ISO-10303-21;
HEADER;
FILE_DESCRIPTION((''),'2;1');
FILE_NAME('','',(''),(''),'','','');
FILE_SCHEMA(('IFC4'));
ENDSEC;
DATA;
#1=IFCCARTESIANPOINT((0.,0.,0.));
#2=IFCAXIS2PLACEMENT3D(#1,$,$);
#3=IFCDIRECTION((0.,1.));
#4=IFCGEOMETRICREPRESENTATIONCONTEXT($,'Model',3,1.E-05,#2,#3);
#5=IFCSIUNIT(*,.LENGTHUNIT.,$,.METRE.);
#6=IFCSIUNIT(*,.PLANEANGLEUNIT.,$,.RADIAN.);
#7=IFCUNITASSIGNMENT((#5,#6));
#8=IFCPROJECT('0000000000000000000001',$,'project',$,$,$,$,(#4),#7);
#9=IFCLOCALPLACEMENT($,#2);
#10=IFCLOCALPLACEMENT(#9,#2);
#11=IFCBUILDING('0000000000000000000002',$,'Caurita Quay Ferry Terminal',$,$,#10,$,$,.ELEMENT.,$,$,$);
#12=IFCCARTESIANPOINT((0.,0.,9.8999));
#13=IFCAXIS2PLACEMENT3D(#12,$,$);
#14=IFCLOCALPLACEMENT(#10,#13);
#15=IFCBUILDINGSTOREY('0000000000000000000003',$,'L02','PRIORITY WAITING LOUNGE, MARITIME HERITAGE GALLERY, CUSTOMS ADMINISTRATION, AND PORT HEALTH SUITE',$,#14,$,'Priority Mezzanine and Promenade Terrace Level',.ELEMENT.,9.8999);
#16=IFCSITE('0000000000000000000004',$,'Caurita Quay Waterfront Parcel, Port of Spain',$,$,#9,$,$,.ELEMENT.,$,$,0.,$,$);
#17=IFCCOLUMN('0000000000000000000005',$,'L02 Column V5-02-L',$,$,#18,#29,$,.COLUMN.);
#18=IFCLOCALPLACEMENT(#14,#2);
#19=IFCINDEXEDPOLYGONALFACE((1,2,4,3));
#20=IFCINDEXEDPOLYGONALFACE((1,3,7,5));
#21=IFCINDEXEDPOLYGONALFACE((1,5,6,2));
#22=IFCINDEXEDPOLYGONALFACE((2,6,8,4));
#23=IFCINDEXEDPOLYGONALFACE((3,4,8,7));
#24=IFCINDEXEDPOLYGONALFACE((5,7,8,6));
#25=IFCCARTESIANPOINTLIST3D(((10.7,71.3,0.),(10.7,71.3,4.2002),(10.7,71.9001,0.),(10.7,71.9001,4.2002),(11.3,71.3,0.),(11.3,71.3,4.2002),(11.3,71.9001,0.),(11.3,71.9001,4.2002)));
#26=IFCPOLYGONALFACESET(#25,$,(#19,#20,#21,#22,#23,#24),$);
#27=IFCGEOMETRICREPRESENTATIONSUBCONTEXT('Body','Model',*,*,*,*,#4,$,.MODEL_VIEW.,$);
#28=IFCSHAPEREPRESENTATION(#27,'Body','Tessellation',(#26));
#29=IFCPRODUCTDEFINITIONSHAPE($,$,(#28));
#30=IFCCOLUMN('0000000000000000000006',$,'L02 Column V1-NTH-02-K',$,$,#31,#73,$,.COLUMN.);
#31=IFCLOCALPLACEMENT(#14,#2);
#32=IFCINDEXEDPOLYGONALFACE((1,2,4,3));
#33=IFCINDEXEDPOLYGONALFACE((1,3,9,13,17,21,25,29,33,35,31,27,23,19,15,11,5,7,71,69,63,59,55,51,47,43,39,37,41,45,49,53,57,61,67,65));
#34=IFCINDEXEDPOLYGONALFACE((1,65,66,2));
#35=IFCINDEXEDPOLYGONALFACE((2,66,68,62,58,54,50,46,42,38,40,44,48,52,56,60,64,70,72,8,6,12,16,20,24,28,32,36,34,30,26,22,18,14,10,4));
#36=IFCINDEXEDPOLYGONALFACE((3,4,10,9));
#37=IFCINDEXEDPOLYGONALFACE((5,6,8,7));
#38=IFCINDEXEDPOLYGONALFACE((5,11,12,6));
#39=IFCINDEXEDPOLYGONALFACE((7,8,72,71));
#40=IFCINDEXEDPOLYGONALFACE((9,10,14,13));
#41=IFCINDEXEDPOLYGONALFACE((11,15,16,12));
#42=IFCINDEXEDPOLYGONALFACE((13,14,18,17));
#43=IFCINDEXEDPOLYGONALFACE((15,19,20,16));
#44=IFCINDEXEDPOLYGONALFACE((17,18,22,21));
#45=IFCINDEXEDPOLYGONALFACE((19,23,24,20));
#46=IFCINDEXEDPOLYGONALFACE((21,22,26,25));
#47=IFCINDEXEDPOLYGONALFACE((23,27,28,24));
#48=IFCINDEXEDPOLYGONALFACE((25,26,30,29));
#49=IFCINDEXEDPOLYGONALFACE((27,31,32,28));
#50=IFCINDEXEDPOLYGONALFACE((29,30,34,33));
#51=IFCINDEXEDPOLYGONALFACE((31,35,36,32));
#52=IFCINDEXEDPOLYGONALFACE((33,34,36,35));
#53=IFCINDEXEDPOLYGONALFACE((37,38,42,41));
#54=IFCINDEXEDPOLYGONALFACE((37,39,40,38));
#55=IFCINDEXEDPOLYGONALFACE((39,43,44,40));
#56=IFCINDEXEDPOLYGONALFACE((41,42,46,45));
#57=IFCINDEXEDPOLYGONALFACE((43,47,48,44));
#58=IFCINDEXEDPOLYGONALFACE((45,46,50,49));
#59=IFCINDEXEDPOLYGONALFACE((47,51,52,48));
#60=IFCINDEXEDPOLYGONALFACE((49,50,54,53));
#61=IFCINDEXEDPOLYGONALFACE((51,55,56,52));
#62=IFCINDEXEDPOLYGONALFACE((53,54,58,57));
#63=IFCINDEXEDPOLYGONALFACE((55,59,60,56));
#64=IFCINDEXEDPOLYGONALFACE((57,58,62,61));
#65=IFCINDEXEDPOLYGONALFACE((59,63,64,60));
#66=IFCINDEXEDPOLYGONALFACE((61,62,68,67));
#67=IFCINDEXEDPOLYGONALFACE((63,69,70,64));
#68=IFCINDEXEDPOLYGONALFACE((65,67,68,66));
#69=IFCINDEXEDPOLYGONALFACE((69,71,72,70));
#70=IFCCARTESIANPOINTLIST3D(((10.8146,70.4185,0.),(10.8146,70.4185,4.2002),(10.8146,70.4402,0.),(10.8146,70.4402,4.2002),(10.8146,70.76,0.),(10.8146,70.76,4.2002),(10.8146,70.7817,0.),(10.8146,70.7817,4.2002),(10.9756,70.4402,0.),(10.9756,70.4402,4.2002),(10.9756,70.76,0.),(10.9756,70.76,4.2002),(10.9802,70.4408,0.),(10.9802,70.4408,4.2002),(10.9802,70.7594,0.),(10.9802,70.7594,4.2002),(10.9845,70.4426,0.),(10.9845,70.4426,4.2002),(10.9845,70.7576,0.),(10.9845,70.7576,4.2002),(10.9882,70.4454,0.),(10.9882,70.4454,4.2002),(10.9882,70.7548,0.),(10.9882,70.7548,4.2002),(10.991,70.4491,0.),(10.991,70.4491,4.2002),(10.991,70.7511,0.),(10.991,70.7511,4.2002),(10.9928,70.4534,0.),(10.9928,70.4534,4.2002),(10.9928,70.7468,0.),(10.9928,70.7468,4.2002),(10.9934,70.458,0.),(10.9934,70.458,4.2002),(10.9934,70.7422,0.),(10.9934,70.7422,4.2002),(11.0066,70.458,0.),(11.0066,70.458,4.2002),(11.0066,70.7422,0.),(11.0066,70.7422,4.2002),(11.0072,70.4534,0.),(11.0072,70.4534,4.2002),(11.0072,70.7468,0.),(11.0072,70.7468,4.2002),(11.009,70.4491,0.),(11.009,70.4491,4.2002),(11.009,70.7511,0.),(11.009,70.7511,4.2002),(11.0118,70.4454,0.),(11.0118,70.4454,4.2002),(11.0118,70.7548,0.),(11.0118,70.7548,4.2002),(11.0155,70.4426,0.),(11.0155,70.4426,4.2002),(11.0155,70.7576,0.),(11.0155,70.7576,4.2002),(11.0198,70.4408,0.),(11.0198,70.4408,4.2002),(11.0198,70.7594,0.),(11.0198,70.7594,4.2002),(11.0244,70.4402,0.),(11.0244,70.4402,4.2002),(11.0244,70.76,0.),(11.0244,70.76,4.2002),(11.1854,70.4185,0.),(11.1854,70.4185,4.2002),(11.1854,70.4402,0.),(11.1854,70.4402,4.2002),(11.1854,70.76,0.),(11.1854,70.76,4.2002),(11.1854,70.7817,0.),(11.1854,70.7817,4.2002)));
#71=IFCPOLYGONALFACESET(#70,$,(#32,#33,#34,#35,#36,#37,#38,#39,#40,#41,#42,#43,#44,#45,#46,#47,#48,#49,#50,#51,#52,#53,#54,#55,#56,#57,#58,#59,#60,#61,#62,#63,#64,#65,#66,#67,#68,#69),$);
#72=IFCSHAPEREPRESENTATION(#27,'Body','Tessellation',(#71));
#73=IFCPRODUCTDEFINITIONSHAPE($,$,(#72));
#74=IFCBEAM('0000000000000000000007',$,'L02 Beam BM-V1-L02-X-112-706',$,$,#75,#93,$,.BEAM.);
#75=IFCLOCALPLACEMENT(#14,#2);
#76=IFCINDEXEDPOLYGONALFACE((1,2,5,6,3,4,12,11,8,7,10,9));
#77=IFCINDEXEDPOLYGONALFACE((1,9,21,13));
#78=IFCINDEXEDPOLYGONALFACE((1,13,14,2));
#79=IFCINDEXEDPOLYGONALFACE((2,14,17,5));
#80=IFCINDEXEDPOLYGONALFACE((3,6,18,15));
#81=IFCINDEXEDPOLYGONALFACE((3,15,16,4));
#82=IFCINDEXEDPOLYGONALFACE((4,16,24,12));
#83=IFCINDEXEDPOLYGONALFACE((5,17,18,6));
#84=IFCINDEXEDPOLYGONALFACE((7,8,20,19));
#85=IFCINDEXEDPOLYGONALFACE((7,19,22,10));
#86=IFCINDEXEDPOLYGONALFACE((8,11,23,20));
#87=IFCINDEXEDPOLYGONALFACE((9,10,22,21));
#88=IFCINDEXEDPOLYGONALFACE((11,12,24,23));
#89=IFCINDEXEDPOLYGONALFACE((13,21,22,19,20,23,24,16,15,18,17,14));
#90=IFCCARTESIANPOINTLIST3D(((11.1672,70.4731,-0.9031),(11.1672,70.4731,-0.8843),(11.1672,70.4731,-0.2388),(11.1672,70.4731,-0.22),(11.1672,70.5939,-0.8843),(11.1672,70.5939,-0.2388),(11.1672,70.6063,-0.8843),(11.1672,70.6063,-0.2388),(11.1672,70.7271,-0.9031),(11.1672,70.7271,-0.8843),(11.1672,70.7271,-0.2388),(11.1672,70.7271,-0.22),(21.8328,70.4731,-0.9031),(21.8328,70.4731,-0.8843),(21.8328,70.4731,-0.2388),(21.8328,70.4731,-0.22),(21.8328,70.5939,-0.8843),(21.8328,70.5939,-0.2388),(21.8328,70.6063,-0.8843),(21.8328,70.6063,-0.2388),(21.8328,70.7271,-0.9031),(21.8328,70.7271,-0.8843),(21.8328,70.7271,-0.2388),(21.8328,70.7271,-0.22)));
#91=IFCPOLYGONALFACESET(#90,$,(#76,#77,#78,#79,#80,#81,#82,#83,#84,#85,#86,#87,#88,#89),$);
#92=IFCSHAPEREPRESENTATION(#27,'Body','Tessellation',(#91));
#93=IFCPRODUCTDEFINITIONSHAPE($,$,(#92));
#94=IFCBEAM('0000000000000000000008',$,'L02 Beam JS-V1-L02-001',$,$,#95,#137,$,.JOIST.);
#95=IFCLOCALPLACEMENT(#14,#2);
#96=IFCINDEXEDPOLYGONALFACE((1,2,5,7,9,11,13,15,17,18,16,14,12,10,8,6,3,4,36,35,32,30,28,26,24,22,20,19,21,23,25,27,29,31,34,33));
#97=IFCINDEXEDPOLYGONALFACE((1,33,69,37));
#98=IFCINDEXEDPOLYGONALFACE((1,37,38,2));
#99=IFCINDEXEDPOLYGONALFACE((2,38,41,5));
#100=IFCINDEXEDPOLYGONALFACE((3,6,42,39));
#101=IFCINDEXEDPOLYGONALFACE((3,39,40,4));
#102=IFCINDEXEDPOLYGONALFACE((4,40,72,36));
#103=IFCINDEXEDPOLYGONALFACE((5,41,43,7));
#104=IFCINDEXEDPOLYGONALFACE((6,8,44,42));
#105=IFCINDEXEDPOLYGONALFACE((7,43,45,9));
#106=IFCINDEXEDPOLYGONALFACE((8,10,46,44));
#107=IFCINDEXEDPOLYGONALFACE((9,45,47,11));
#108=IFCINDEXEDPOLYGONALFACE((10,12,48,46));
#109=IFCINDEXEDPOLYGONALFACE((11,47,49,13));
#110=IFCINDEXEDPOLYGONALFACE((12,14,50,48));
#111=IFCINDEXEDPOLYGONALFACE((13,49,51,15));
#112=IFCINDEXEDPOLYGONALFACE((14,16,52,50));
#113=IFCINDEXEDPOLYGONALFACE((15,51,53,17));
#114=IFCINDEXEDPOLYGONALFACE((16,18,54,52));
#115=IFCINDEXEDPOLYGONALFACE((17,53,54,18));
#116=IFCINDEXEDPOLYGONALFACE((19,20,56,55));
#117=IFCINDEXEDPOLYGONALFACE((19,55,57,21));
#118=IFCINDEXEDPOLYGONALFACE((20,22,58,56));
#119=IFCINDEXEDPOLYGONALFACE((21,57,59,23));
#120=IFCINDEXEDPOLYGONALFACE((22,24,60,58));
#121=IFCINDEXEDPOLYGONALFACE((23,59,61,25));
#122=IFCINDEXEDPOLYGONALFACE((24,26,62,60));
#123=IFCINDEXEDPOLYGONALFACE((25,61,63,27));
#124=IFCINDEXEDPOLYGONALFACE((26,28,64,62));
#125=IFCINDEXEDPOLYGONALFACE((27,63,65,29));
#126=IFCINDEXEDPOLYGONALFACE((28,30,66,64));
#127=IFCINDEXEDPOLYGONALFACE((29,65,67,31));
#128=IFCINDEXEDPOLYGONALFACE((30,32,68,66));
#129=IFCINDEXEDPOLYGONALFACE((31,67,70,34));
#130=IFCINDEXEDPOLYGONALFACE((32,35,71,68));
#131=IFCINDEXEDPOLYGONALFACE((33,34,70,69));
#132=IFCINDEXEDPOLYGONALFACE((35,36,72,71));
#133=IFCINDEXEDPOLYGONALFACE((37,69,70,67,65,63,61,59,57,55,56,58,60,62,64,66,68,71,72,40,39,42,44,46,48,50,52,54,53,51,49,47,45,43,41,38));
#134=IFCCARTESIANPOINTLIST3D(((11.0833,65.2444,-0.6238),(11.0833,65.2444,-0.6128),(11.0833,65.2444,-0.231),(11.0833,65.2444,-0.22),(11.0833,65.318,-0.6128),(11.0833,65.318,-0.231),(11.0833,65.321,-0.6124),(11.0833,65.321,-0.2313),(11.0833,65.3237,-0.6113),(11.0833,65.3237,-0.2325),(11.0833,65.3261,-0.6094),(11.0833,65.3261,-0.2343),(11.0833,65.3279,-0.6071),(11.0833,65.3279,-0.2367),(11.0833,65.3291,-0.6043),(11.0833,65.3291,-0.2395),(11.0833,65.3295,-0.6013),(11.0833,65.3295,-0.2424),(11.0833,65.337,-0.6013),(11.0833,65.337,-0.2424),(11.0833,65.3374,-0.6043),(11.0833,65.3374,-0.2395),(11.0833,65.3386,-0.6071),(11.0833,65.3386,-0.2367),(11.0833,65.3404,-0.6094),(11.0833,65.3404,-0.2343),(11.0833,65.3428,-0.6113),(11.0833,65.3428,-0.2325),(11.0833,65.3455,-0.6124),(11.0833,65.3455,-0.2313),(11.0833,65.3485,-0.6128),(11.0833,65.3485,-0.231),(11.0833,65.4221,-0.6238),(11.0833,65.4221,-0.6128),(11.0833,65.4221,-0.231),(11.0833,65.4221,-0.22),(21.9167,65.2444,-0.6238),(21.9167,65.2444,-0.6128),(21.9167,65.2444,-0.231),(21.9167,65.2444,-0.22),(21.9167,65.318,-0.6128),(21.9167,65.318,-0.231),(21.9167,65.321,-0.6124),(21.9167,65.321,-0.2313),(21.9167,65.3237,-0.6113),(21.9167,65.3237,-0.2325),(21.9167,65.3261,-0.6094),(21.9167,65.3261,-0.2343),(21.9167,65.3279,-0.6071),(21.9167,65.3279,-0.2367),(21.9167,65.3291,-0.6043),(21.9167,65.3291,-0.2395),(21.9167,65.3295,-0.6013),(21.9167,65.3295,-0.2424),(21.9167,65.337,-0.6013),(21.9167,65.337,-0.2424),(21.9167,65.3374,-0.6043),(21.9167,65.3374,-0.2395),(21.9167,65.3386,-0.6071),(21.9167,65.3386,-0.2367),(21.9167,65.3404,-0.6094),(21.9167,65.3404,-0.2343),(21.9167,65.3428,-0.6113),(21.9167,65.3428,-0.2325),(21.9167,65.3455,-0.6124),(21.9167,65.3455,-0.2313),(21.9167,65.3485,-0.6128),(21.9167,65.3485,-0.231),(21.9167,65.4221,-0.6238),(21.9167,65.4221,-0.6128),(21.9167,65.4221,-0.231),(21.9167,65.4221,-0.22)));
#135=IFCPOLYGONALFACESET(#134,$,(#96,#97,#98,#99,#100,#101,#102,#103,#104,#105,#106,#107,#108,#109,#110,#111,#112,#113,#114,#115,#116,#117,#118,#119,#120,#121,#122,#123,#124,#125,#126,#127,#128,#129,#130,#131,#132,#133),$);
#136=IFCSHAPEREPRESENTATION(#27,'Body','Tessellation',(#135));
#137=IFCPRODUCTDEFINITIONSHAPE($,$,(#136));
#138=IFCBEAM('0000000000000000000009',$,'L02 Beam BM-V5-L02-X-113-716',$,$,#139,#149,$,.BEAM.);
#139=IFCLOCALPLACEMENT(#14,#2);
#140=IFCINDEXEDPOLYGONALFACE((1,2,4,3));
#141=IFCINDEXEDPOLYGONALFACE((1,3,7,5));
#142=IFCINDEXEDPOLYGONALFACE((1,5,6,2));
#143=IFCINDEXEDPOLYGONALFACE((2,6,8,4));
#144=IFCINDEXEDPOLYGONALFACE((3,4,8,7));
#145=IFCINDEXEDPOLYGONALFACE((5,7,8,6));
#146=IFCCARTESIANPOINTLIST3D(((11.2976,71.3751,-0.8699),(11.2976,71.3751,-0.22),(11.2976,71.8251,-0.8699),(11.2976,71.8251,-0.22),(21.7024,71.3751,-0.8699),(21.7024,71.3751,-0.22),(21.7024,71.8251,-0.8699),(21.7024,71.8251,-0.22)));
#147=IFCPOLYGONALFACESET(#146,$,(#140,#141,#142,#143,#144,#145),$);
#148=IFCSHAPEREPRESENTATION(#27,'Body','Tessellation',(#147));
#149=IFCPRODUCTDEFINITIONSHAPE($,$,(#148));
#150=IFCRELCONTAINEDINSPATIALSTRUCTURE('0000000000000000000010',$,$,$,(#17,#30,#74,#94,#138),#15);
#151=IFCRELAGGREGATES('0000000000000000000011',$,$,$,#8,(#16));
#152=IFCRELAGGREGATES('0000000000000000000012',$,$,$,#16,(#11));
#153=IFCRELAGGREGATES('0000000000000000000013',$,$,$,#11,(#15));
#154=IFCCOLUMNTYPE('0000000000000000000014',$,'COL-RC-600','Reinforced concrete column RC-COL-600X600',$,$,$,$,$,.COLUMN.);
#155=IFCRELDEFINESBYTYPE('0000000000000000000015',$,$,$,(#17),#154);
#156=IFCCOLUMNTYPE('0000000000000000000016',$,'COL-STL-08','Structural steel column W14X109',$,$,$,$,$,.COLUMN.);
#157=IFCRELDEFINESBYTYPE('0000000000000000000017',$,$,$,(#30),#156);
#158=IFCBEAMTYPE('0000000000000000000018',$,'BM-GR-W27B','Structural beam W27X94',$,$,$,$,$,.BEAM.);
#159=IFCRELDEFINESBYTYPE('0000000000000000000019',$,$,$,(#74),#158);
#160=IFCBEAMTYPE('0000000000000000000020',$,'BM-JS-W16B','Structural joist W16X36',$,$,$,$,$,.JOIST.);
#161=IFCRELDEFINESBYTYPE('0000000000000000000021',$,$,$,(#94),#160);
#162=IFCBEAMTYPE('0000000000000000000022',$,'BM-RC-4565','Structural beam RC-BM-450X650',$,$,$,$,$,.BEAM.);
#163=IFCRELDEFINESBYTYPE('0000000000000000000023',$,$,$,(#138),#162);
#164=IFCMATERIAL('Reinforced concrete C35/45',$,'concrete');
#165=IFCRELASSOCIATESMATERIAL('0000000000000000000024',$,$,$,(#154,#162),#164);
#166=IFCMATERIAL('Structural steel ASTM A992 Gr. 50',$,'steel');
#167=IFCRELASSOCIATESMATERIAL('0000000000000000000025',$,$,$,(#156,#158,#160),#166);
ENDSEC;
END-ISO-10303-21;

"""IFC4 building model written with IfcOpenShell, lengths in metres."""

from ifc_helpers import new_model, si_unit, direction, frame, origin, origin_2d, place, context, subcontext, project, spatial, rectangle, i_section, extrude, material, material_profile, profile_set, type_object, element, save


model = new_model("IFC4")

# Units and contexts
model_context = context("Model", 3, precision=1e-05, world=origin(), true_north=direction((0.0, 1.0)))
body_context = subcontext(model_context, "Body", "Model", "MODEL_VIEW")
ifc_project = project(units=[si_unit("LENGTHUNIT", "METRE"), si_unit("PLANEANGLEUNIT", "RADIAN")], contexts=[model_context])

# Site, building, storey
site_placement = place(None, origin())
site = spatial("IfcSite", under=ifc_project, at=site_placement, Name="Caurita Quay Waterfront Parcel, Port of Spain", CompositionType="ELEMENT", RefElevation=0.0)
building_placement = place(site_placement, origin())
building = spatial("IfcBuilding", under=site, at=building_placement, Name="Caurita Quay Ferry Terminal", CompositionType="ELEMENT")
storey_placement = place(building_placement, frame((0.0, 0.0, 9.8999)))
storey = spatial("IfcBuildingStorey", under=building, at=storey_placement, Name="L02", Description="PRIORITY WAITING LOUNGE, MARITIME HERITAGE GALLERY, CUSTOMS ADMINISTRATION, AND PORT HEALTH SUITE", LongName="Priority Mezzanine and Promenade Terrace Level", CompositionType="ELEMENT", Elevation=9.8999)

# Columns
ifc_material_1 = material(Name="Reinforced concrete C35/45", Category="concrete")
ifc_material_profile_1 = material_profile(ifc_material_1, rectangle(XDim=0.6001, YDim=0.6001, at=origin_2d()), Name="RC-COL-600X600")
ifc_profile_set_1 = profile_set([ifc_material_profile_1], Name="Reinforced concrete C35/45")
column_type_1 = type_object("IfcColumnType", Name="COL-RC-600", Description="Reinforced concrete column RC-COL-600X600", PredefinedType="COLUMN", material=ifc_profile_set_1)
column_1_placement = place(storey_placement, frame((11.0, 71.6001, 0.0), z_axis=(0.0, 0.0, 1.0), x_axis=(1.0, 0.0, 0.0)))
element("IfcColumn", 1, at=column_1_placement, inside=storey, type_object=column_type_1, Name="L02 Column V5-02-L", PredefinedType="COLUMN", context=body_context, shape_type="SweptSolid", body=[
    extrude(rectangle(XDim=0.6001, YDim=0.6001, at=origin_2d()), origin(), (0.0, 0.0, 1.0), 4.2002),
])
ifc_material_2 = material(Name="Structural steel ASTM A992 Gr. 50", Category="steel")
ifc_material_profile_2 = material_profile(ifc_material_2, i_section(OverallWidth=0.3708, OverallDepth=0.3633, WebThickness=0.0132, FlangeThickness=0.0217, FilletRadius=0.0178, at=origin_2d()), Name="W14X109")
ifc_profile_set_2 = profile_set([ifc_material_profile_2], Name="Structural steel ASTM A992 Gr. 50")
column_type_2 = type_object("IfcColumnType", Name="COL-STL-08", Description="Structural steel column W14X109", PredefinedType="COLUMN", material=ifc_profile_set_2)
column_2_placement = place(storey_placement, frame((11.0, 70.6001, 0.0), z_axis=(0.0, 0.0, 1.0), x_axis=(1.0, 0.0, 0.0)))
element("IfcColumn", 2, at=column_2_placement, inside=storey, type_object=column_type_2, Name="L02 Column V1-NTH-02-K", PredefinedType="COLUMN", context=body_context, shape_type="SweptSolid", body=[
    extrude(i_section(OverallWidth=0.3708, OverallDepth=0.3633, WebThickness=0.0132, FlangeThickness=0.0217, FilletRadius=0.0178, at=origin_2d()), origin(), (0.0, 0.0, 1.0), 4.2002),
])

# Beams
ifc_material_profile_3 = material_profile(ifc_material_2, i_section(OverallWidth=0.2539, OverallDepth=0.6831, WebThickness=0.0125, FlangeThickness=0.0188, at=origin_2d()), Name="W27X94")
ifc_profile_set_3 = profile_set([ifc_material_profile_3], Name="Structural steel ASTM A992 Gr. 50")
beam_type_1 = type_object("IfcBeamType", Name="BM-GR-W27B", Description="Structural beam W27X94", PredefinedType="BEAM", material=ifc_profile_set_3)
beam_1_placement = place(storey_placement, frame((11.1672, 70.6001, -0.5615), z_axis=(1.0, 0.0, 0.0), x_axis=(0.0, 1.0, 0.0)))
element("IfcBeam", 3, at=beam_1_placement, inside=storey, type_object=beam_type_1, Name="L02 Beam BM-V1-L02-X-112-706", PredefinedType="BEAM", context=body_context, shape_type="SweptSolid", body=[
    extrude(i_section(OverallWidth=0.2539, OverallDepth=0.6831, WebThickness=0.0125, FlangeThickness=0.0188, at=origin_2d()), origin(), (0.0, 0.0, 1.0), 10.6655),
])
ifc_material_profile_4 = material_profile(ifc_material_2, i_section(OverallWidth=0.1777, OverallDepth=0.4038, WebThickness=0.0076, FlangeThickness=0.011, FilletRadius=0.0115, at=origin_2d()), Name="W16X36")
ifc_profile_set_4 = profile_set([ifc_material_profile_4], Name="Structural steel ASTM A992 Gr. 50")
beam_type_2 = type_object("IfcBeamType", Name="BM-JS-W16B", Description="Structural joist W16X36", PredefinedType="JOIST", material=ifc_profile_set_4)
beam_2_placement = place(storey_placement, frame((11.0833, 65.3333, -0.4219), z_axis=(1.0, 0.0, 0.0), x_axis=(0.0, 1.0, 0.0)))
element("IfcBeam", 4, at=beam_2_placement, inside=storey, type_object=beam_type_2, Name="L02 Beam JS-V1-L02-001", PredefinedType="JOIST", context=body_context, shape_type="SweptSolid", body=[
    extrude(i_section(OverallWidth=0.1777, OverallDepth=0.4038, WebThickness=0.0076, FlangeThickness=0.011, FilletRadius=0.0115, at=origin_2d()), origin(), (0.0, 0.0, 1.0), 10.8335),
])
ifc_material_profile_5 = material_profile(ifc_material_1, rectangle(XDim=0.45, YDim=0.6499, at=origin_2d()), Name="RC-BM-450X650")
ifc_profile_set_5 = profile_set([ifc_material_profile_5], Name="Reinforced concrete C35/45")
beam_type_3 = type_object("IfcBeamType", Name="BM-RC-4565", Description="Structural beam RC-BM-450X650", PredefinedType="BEAM", material=ifc_profile_set_5)
beam_3_placement = place(storey_placement, frame((11.2976, 71.6001, -0.5449), z_axis=(1.0, 0.0, 0.0), x_axis=(0.0, 1.0, 0.0)))
element("IfcBeam", 5, at=beam_3_placement, inside=storey, type_object=beam_type_3, Name="L02 Beam BM-V5-L02-X-113-716", PredefinedType="BEAM", context=body_context, shape_type="SweptSolid", body=[
    extrude(rectangle(XDim=0.45, YDim=0.6499, at=origin_2d()), origin(), (0.0, 0.0, 1.0), 10.4048),
])

save(model, "model.ifc")
